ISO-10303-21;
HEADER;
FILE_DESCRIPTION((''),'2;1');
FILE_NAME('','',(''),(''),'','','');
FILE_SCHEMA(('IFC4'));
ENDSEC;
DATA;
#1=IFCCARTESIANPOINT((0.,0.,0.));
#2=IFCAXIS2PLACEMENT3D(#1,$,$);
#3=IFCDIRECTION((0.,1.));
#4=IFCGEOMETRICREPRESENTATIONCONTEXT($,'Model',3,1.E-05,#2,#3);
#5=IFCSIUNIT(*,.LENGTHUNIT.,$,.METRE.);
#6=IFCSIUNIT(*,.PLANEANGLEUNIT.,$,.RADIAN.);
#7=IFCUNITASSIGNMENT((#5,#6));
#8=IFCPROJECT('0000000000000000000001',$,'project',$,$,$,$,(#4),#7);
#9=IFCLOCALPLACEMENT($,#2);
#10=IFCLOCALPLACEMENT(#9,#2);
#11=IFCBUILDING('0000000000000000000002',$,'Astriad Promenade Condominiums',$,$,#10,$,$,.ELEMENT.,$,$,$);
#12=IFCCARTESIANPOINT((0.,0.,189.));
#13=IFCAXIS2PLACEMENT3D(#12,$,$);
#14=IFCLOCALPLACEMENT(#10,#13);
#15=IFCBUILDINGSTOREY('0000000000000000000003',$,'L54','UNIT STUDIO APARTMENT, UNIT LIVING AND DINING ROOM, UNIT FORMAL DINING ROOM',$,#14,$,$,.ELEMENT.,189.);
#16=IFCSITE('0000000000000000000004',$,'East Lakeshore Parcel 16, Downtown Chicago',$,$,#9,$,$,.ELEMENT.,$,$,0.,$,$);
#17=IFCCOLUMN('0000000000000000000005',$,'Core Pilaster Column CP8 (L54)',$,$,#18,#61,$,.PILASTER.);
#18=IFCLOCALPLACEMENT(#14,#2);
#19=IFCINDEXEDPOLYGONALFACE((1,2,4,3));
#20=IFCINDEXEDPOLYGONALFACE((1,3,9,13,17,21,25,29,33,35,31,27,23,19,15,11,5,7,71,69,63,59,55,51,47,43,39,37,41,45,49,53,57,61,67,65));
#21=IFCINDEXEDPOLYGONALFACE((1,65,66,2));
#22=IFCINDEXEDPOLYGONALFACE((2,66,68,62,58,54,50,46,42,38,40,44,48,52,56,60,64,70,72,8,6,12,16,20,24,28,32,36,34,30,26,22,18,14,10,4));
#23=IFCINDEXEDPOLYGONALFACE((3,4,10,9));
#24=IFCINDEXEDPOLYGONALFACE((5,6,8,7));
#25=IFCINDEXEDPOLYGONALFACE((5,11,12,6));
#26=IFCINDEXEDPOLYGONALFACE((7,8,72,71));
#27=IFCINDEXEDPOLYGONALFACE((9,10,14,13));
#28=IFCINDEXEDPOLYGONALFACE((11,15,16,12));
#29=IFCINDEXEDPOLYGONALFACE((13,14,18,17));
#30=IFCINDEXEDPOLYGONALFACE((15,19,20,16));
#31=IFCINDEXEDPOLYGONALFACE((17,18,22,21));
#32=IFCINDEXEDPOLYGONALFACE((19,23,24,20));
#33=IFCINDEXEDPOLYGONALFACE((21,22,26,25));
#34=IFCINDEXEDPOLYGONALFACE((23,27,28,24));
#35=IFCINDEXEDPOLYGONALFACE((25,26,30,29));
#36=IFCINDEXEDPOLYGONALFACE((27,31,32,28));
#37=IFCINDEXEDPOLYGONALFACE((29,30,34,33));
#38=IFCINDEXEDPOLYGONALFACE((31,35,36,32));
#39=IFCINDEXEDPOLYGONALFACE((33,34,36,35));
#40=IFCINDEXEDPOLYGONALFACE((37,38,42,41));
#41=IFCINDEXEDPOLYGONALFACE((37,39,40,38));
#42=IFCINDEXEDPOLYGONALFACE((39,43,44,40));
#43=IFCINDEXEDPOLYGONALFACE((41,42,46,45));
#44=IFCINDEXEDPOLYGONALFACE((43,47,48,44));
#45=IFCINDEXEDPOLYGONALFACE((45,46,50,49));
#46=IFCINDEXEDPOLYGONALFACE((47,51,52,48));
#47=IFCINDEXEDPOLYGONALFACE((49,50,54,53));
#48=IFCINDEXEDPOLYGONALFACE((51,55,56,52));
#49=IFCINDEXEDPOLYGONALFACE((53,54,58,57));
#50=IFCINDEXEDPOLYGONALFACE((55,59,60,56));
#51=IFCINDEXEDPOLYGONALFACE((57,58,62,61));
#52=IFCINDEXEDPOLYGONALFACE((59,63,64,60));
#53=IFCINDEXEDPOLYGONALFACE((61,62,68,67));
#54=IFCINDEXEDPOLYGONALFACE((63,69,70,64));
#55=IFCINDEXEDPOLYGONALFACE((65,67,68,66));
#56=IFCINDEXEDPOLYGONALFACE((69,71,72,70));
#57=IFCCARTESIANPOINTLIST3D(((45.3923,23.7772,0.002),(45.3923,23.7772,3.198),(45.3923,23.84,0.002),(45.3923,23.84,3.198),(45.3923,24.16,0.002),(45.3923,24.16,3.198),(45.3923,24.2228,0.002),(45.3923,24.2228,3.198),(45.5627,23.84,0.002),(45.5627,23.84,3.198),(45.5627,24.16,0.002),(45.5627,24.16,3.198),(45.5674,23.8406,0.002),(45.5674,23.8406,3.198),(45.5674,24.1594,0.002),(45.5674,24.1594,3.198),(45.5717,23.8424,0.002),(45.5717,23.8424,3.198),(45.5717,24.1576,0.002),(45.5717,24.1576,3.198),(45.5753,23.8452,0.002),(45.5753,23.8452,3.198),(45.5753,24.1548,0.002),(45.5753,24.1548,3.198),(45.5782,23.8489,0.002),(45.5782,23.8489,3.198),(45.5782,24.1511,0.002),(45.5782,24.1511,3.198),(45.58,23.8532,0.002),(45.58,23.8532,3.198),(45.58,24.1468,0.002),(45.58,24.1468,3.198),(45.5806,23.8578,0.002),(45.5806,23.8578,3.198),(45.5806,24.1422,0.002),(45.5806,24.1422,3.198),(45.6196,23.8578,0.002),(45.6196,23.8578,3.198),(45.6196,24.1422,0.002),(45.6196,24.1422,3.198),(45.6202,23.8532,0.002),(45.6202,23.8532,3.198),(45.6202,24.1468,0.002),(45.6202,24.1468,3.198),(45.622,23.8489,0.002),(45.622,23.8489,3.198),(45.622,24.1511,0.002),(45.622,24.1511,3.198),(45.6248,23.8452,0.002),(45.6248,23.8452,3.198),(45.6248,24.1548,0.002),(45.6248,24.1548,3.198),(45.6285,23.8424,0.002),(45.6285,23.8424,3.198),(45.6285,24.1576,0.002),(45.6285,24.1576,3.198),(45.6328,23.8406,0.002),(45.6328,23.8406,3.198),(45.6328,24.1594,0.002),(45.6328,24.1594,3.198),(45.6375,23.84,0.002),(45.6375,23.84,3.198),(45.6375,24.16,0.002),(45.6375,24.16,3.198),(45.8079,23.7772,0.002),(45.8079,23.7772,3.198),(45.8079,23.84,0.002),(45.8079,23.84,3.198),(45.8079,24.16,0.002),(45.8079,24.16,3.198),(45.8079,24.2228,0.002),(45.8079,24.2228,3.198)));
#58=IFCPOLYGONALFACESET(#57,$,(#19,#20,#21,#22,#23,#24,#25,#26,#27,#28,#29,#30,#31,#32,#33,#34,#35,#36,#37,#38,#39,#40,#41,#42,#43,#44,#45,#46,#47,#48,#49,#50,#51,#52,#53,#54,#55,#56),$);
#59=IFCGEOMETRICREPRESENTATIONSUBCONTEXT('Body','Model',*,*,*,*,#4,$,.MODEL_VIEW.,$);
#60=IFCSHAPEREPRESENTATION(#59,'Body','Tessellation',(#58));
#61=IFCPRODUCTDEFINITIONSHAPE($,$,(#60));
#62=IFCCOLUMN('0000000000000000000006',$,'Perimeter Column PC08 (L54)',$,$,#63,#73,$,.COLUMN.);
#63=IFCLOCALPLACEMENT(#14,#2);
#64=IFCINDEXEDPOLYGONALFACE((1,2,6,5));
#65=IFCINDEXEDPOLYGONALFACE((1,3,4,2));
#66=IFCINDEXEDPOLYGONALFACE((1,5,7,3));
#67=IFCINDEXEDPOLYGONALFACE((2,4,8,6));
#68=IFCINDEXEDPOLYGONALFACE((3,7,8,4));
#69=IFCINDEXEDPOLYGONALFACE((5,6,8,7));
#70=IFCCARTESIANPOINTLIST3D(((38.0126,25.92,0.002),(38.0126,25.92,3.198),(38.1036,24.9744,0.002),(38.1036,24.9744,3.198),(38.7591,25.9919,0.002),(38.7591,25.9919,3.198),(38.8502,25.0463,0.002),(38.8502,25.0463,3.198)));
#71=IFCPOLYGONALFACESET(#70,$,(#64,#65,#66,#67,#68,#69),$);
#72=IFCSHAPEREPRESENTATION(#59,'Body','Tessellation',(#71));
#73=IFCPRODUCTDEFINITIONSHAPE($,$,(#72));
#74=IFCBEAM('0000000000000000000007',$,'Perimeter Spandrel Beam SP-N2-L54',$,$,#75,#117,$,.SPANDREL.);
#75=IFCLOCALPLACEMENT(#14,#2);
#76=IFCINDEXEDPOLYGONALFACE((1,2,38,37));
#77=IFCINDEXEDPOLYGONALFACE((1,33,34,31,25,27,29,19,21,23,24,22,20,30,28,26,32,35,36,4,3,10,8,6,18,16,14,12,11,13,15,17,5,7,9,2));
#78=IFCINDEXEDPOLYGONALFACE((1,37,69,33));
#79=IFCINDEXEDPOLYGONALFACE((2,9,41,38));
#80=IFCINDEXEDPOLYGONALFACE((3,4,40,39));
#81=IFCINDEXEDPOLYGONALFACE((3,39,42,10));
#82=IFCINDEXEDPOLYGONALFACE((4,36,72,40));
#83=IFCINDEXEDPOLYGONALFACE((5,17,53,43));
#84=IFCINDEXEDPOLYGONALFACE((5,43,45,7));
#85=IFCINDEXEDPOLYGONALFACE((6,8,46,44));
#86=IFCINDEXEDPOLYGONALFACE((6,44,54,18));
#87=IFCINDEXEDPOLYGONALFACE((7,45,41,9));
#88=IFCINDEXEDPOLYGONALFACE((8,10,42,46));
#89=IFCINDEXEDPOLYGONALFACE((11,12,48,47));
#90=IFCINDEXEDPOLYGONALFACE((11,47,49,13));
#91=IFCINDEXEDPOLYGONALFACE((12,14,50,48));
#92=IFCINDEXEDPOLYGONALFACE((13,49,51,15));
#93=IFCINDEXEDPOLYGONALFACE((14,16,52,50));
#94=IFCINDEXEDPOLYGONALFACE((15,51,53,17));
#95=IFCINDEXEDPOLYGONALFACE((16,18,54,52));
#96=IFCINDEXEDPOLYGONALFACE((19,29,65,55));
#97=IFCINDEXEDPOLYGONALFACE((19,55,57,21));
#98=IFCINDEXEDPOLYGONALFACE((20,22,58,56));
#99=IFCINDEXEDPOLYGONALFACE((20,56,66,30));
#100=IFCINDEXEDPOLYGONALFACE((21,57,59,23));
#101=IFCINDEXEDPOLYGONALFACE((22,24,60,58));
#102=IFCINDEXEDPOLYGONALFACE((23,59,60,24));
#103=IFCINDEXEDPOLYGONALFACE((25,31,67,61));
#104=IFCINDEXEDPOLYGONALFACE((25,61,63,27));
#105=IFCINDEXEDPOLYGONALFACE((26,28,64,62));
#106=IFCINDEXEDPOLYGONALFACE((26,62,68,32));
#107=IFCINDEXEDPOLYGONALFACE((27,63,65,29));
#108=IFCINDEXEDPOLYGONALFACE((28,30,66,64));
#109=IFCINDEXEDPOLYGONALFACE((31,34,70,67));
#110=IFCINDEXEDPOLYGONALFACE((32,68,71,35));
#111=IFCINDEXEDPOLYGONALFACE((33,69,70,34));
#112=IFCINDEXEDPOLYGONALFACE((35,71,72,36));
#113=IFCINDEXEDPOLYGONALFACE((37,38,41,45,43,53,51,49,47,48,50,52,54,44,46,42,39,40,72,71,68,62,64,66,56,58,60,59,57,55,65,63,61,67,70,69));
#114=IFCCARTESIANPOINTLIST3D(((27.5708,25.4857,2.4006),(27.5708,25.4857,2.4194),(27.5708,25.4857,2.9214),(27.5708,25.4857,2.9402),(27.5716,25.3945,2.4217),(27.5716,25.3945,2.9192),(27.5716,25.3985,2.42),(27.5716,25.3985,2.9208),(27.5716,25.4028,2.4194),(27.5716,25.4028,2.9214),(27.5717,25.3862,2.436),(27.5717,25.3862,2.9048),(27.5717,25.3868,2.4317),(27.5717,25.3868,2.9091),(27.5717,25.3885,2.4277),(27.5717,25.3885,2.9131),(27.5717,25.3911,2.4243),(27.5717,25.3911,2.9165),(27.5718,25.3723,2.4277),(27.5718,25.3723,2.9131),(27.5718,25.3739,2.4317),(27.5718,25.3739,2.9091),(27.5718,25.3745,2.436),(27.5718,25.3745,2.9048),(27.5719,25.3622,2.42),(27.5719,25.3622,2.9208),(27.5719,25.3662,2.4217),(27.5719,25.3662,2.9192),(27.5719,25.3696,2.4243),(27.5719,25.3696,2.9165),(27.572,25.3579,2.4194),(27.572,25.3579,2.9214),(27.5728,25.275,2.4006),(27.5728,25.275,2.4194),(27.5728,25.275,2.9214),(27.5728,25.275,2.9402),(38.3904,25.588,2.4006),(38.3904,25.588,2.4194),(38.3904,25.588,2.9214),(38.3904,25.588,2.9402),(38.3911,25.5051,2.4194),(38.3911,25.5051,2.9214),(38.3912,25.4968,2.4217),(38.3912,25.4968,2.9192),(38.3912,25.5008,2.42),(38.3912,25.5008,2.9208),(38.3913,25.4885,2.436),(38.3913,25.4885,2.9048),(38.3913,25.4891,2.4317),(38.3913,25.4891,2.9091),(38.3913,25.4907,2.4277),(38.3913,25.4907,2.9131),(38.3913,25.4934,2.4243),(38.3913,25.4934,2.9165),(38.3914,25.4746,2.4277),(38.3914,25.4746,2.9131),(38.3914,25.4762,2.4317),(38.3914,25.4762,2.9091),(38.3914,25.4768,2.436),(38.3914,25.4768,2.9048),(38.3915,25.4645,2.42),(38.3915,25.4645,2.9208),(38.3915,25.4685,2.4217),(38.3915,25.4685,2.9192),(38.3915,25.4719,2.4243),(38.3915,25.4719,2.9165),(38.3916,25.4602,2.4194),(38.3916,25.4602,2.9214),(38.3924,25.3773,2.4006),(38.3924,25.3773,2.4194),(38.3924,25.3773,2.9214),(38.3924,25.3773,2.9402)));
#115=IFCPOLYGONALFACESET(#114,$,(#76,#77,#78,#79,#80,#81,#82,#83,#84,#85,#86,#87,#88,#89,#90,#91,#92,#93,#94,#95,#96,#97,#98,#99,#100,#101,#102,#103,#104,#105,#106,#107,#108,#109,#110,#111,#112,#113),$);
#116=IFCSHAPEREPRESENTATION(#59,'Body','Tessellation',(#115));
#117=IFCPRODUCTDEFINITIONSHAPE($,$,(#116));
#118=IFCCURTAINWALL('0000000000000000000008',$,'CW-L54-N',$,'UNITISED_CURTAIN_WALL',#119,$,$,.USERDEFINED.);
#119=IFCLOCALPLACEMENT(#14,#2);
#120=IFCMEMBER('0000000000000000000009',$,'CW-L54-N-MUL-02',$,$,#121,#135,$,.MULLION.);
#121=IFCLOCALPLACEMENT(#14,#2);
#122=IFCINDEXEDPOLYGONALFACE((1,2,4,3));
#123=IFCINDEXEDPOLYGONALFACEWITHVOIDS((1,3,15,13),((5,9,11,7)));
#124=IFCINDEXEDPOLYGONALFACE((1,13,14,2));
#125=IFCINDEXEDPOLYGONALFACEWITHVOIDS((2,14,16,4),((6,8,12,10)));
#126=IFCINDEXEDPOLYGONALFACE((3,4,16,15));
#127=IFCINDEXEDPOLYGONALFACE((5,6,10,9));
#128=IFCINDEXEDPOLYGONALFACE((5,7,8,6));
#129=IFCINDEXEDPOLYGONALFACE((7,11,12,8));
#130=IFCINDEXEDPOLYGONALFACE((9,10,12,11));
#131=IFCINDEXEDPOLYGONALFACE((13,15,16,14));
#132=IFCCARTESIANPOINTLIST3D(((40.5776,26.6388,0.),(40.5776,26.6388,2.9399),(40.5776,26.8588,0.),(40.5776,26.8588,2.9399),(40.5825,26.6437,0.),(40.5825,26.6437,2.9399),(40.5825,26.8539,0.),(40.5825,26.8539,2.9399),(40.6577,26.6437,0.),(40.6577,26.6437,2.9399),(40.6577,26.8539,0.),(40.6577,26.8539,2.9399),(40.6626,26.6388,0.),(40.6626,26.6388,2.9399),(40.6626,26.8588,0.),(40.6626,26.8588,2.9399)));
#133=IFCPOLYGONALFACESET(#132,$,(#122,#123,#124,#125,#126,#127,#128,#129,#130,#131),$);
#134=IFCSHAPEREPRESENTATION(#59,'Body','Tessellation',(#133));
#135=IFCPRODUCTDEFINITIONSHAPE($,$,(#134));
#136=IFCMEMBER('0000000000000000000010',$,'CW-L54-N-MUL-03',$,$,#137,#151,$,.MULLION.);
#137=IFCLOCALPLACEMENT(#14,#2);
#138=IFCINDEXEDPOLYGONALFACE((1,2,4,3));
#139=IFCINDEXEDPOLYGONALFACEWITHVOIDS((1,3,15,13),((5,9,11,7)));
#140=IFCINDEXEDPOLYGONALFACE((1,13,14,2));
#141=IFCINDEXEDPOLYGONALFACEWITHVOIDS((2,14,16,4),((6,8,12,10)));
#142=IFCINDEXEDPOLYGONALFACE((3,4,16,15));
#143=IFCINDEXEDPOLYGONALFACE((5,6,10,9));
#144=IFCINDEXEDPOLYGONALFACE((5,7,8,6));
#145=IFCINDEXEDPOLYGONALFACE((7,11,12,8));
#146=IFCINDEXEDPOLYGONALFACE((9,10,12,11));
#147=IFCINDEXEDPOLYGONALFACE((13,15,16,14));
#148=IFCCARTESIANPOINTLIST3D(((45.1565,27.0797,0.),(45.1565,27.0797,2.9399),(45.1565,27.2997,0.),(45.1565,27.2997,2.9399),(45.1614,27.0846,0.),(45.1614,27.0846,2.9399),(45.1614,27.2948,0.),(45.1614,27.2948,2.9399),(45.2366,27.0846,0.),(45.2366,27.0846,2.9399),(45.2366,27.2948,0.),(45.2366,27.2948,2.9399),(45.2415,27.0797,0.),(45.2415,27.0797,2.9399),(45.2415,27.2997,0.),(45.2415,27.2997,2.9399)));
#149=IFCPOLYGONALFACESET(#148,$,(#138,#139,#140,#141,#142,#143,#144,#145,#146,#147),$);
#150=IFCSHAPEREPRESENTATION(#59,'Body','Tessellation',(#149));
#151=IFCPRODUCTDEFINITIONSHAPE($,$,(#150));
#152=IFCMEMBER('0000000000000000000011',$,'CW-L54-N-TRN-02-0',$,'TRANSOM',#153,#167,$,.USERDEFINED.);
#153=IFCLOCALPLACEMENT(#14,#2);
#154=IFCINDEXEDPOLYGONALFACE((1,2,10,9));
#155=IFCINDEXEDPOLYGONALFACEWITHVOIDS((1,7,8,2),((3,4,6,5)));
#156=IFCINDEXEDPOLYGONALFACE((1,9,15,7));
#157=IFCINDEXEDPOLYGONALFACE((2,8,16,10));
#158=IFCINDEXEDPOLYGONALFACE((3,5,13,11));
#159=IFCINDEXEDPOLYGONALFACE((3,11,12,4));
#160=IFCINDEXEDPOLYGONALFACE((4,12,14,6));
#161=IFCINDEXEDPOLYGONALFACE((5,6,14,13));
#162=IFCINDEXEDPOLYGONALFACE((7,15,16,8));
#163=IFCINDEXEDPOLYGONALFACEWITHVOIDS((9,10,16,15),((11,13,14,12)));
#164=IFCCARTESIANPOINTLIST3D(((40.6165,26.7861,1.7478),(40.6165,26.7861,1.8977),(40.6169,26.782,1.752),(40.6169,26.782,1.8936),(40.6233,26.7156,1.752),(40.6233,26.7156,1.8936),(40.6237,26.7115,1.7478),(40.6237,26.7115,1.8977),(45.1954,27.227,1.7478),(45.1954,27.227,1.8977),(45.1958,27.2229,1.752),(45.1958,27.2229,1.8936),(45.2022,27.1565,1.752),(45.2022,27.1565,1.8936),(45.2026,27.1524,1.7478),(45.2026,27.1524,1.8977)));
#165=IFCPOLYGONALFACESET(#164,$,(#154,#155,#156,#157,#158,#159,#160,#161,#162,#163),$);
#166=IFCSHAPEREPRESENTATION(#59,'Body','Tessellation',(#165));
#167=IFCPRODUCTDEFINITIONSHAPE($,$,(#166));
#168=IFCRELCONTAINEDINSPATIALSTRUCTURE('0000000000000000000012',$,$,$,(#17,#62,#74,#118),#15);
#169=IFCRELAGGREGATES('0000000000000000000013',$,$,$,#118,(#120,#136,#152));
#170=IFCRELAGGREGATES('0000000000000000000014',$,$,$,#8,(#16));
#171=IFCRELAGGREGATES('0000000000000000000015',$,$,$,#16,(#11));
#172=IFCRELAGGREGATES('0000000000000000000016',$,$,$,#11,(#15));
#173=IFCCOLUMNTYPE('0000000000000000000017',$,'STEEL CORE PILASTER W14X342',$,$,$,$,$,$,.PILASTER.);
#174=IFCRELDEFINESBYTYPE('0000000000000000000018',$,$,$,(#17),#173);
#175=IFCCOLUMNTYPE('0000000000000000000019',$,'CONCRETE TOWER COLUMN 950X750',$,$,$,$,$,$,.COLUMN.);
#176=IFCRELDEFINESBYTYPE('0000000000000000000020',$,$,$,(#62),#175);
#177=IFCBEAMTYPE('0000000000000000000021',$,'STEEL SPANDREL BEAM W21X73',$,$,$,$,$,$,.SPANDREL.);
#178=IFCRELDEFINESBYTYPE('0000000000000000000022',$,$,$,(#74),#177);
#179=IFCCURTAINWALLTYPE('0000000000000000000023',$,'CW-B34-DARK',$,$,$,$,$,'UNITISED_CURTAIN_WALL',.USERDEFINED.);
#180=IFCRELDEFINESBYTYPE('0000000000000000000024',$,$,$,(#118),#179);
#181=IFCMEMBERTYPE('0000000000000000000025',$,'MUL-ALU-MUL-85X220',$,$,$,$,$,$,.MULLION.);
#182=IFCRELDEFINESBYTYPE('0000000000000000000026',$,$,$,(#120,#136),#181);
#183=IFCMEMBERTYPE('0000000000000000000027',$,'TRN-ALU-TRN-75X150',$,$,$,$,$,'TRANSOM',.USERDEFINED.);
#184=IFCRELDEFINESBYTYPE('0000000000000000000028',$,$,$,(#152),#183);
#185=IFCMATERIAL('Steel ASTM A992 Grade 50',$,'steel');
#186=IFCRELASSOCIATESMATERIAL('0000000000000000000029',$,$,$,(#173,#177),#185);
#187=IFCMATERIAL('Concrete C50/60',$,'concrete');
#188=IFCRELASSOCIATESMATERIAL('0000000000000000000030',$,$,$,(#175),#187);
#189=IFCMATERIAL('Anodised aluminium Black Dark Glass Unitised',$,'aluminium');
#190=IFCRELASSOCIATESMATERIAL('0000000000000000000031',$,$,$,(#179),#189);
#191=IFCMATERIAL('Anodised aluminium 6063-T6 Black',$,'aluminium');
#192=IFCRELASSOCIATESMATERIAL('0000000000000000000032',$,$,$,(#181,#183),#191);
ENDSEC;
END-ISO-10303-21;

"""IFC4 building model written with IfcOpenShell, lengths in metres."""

from ifc_helpers import new_model, si_unit, direction, frame, origin, origin_2d, place, context, subcontext, project, spatial, rectangle, hollow_rectangle, i_section, extrude, source, transform, mapped, material, material_profile, profile_set, type_object, type_shapes, element, aggregate, save


model = new_model("IFC4")

# Units and contexts
model_context = context("Model", 3, precision=1e-05, world=origin(), true_north=direction((0.0, 1.0)))
body_context = subcontext(model_context, "Body", "Model", "MODEL_VIEW")
ifc_project = project(units=[si_unit("LENGTHUNIT", "METRE"), si_unit("PLANEANGLEUNIT", "RADIAN")], contexts=[model_context])

# Site, building, storey
site_placement = place(None, origin())
site = spatial("IfcSite", under=ifc_project, at=site_placement, Name="East Lakeshore Parcel 16, Downtown Chicago", CompositionType="ELEMENT", RefElevation=0.0)
building_placement = place(site_placement, origin())
building = spatial("IfcBuilding", under=site, at=building_placement, Name="Astriad Promenade Condominiums", CompositionType="ELEMENT")
storey_placement = place(building_placement, frame((0.0, 0.0, 189.0)))
storey = spatial("IfcBuildingStorey", under=building, at=storey_placement, Name="L54", Description="UNIT STUDIO APARTMENT, UNIT LIVING AND DINING ROOM, UNIT FORMAL DINING ROOM", CompositionType="ELEMENT", Elevation=189.0)

# Columns
ifc_material_1 = material(Name="Steel ASTM A992 Grade 50", Category="steel")
ifc_material_profile_1 = material_profile(ifc_material_1, i_section(OverallWidth=0.4155, OverallDepth=0.4456, WebThickness=0.0391, FlangeThickness=0.0627, FilletRadius=0.0178, at=origin_2d()), Name="W14X342")
ifc_profile_set_1 = profile_set([ifc_material_profile_1], Name="Steel ASTM A992 Grade 50")
column_type_1 = type_object("IfcColumnType", Name="STEEL CORE PILASTER W14X342", PredefinedType="PILASTER", material=ifc_profile_set_1)
shared_shape_1 = source(origin(), body_context, "Body", "SweptSolid", [
    extrude(i_section(OverallWidth=0.4155, OverallDepth=0.4456, WebThickness=0.0391, FlangeThickness=0.0627, FilletRadius=0.0178, at=origin_2d()), origin(), (0.0, 0.0, 1.0), 3.196),
])
type_shapes(column_type_1, [shared_shape_1])
column_1_placement = place(storey_placement, frame((45.6001, 24.0, 0.002), z_axis=(0.0, 0.0, 1.0), x_axis=(1.0, 0.0, 0.0)))
element("IfcColumn", 1, at=column_1_placement, inside=storey, type_object=column_type_1, Name="Core Pilaster Column CP8 (L54)", PredefinedType="PILASTER", context=body_context, shape_type="MappedRepresentation", body=[
    mapped(shared_shape_1, transform((0.0, 0.0, 0.0), scale=1.0)),
])
ifc_material_2 = material(Name="Concrete C50/60", Category="concrete")
ifc_material_profile_2 = material_profile(ifc_material_2, rectangle(XDim=0.75, YDim=0.95, at=origin_2d()), Name="RC-COL-950X750")
ifc_profile_set_2 = profile_set([ifc_material_profile_2], Name="Concrete C50/60")
column_type_2 = type_object("IfcColumnType", Name="CONCRETE TOWER COLUMN 950X750", PredefinedType="COLUMN", material=ifc_profile_set_2)
shared_shape_2 = source(origin(), body_context, "Body", "SweptSolid", [
    extrude(rectangle(XDim=0.75, YDim=0.95, at=origin_2d()), origin(), (0.0, 0.0, 1.0), 3.196),
])
type_shapes(column_type_2, [shared_shape_2])
column_2_placement = place(storey_placement, frame((38.4314, 25.4832, 0.002), z_axis=(0.0, 0.0, 1.0), x_axis=(0.995396, 0.095846, 0.0)))
element("IfcColumn", 2, at=column_2_placement, inside=storey, type_object=column_type_2, Name="Perimeter Column PC08 (L54)", PredefinedType="COLUMN", context=body_context, shape_type="MappedRepresentation", body=[
    mapped(shared_shape_2, transform((0.0, 0.0, 0.0), scale=1.0)),
])

# Beam
ifc_material_profile_3 = material_profile(ifc_material_1, i_section(OverallWidth=0.2107, OverallDepth=0.5396, WebThickness=0.0117, FlangeThickness=0.0188, FilletRadius=0.0166, at=origin_2d()), Name="W21X73")
ifc_profile_set_3 = profile_set([ifc_material_profile_3], Name="Steel ASTM A992 Grade 50")
beam_type = type_object("IfcBeamType", Name="STEEL SPANDREL BEAM W21X73", PredefinedType="SPANDREL", material=ifc_profile_set_3)
shared_shape_3 = source(origin(), body_context, "Body", "SweptSolid", [
    extrude(i_section(OverallWidth=0.2107, OverallDepth=0.5396, WebThickness=0.0117, FlangeThickness=0.0188, FilletRadius=0.0166, at=origin_2d()), origin(), (0.0, 0.0, 1.0), 10.8201),
])
type_shapes(beam_type, [shared_shape_3])
beam_placement = place(storey_placement, frame((38.3914, 25.4827, 2.6704), z_axis=(-0.999955, -0.009454, 0.0), x_axis=(0.009454, -0.999955, 0.0)))
element("IfcBeam", 3, at=beam_placement, inside=storey, type_object=beam_type, Name="Perimeter Spandrel Beam SP-N2-L54", PredefinedType="SPANDREL", context=body_context, shape_type="MappedRepresentation", body=[
    mapped(shared_shape_3, transform((0.0, 0.0, 0.0), scale=1.0)),
])

# Curtain wall, members
ifc_material_3 = material(Name="Anodised aluminium Black Dark Glass Unitised", Category="aluminium")
curtain_wall_type = type_object("IfcCurtainWallType", Name="CW-B34-DARK", ElementType="UNITISED_CURTAIN_WALL", PredefinedType="USERDEFINED", material=ifc_material_3)
curtain_wall_placement = place(storey_placement, origin())
curtain_wall = element("IfcCurtainWall", 4, at=curtain_wall_placement, inside=storey, type_object=curtain_wall_type, Name="CW-L54-N", ObjectType="UNITISED_CURTAIN_WALL", PredefinedType="USERDEFINED")
ifc_material_4 = material(Name="Anodised aluminium 6063-T6 Black", Category="aluminium")
ifc_material_profile_4 = material_profile(ifc_material_4, hollow_rectangle(XDim=0.085, YDim=0.22, WallThickness=0.0049, at=origin_2d()), Name="ALU-MUL-85X220")
ifc_profile_set_4 = profile_set([ifc_material_profile_4], Name="Anodised aluminium 6063-T6 Black")
member_type_1 = type_object("IfcMemberType", Name="MUL-ALU-MUL-85X220", PredefinedType="MULLION", material=ifc_profile_set_4)
shared_shape_4 = source(origin(), body_context, "Body", "SweptSolid", [
    extrude(hollow_rectangle(XDim=0.085, YDim=0.22, WallThickness=0.0049, at=origin_2d()), origin(), (0.0, 0.0, 1.0), 2.9399),
])
type_shapes(member_type_1, [shared_shape_4])
member_1_placement = place(storey_placement, frame((40.6201, 26.7488, 0.0), z_axis=(0.0, 0.0, 1.0), x_axis=(1.0, 0.0, 0.0)))
member_1 = element("IfcMember", 5, at=member_1_placement, type_object=member_type_1, Name="CW-L54-N-MUL-02", PredefinedType="MULLION", context=body_context, shape_type="MappedRepresentation", body=[
    mapped(shared_shape_4, transform((0.0, 0.0, 0.0), scale=1.0)),
])
member_2_placement = place(storey_placement, frame((45.199, 27.1897, 0.0), z_axis=(0.0, 0.0, 1.0), x_axis=(1.0, 0.0, 0.0)))
member_2 = element("IfcMember", 6, at=member_2_placement, type_object=member_type_1, Name="CW-L54-N-MUL-03", PredefinedType="MULLION", context=body_context, shape_type="MappedRepresentation", body=[
    mapped(shared_shape_4, transform((0.0, 0.0, 0.0), scale=1.0)),
])
ifc_material_profile_5 = material_profile(ifc_material_4, hollow_rectangle(XDim=0.075, YDim=0.1499, WallThickness=0.0042, at=origin_2d()), Name="ALU-TRN-75X150")
ifc_profile_set_5 = profile_set([ifc_material_profile_5], Name="Anodised aluminium 6063-T6 Black")
member_type_2 = type_object("IfcMemberType", Name="TRN-ALU-TRN-75X150", ElementType="TRANSOM", PredefinedType="USERDEFINED", material=ifc_profile_set_5)
shared_shape_5 = source(origin(), body_context, "Body", "SweptSolid", [
    extrude(hollow_rectangle(XDim=0.075, YDim=0.1499, WallThickness=0.0042, at=origin_2d()), origin(), (0.0, 0.0, 1.0), 4.6001),
])
type_shapes(member_type_2, [shared_shape_5])
member_3_placement = place(storey_placement, frame((40.6201, 26.7488, 1.8228), z_axis=(0.995396, 0.095851, 0.0), x_axis=(-0.095851, 0.995396, 0.0)))
member_3 = element("IfcMember", 7, at=member_3_placement, type_object=member_type_2, Name="CW-L54-N-TRN-02-0", ObjectType="TRANSOM", PredefinedType="USERDEFINED", context=body_context, shape_type="MappedRepresentation", body=[
    mapped(shared_shape_5, transform((0.0, 0.0, 0.0), scale=1.0)),
])
aggregate(curtain_wall, [member_1, member_2, member_3])

save(model, "model.ifc")
